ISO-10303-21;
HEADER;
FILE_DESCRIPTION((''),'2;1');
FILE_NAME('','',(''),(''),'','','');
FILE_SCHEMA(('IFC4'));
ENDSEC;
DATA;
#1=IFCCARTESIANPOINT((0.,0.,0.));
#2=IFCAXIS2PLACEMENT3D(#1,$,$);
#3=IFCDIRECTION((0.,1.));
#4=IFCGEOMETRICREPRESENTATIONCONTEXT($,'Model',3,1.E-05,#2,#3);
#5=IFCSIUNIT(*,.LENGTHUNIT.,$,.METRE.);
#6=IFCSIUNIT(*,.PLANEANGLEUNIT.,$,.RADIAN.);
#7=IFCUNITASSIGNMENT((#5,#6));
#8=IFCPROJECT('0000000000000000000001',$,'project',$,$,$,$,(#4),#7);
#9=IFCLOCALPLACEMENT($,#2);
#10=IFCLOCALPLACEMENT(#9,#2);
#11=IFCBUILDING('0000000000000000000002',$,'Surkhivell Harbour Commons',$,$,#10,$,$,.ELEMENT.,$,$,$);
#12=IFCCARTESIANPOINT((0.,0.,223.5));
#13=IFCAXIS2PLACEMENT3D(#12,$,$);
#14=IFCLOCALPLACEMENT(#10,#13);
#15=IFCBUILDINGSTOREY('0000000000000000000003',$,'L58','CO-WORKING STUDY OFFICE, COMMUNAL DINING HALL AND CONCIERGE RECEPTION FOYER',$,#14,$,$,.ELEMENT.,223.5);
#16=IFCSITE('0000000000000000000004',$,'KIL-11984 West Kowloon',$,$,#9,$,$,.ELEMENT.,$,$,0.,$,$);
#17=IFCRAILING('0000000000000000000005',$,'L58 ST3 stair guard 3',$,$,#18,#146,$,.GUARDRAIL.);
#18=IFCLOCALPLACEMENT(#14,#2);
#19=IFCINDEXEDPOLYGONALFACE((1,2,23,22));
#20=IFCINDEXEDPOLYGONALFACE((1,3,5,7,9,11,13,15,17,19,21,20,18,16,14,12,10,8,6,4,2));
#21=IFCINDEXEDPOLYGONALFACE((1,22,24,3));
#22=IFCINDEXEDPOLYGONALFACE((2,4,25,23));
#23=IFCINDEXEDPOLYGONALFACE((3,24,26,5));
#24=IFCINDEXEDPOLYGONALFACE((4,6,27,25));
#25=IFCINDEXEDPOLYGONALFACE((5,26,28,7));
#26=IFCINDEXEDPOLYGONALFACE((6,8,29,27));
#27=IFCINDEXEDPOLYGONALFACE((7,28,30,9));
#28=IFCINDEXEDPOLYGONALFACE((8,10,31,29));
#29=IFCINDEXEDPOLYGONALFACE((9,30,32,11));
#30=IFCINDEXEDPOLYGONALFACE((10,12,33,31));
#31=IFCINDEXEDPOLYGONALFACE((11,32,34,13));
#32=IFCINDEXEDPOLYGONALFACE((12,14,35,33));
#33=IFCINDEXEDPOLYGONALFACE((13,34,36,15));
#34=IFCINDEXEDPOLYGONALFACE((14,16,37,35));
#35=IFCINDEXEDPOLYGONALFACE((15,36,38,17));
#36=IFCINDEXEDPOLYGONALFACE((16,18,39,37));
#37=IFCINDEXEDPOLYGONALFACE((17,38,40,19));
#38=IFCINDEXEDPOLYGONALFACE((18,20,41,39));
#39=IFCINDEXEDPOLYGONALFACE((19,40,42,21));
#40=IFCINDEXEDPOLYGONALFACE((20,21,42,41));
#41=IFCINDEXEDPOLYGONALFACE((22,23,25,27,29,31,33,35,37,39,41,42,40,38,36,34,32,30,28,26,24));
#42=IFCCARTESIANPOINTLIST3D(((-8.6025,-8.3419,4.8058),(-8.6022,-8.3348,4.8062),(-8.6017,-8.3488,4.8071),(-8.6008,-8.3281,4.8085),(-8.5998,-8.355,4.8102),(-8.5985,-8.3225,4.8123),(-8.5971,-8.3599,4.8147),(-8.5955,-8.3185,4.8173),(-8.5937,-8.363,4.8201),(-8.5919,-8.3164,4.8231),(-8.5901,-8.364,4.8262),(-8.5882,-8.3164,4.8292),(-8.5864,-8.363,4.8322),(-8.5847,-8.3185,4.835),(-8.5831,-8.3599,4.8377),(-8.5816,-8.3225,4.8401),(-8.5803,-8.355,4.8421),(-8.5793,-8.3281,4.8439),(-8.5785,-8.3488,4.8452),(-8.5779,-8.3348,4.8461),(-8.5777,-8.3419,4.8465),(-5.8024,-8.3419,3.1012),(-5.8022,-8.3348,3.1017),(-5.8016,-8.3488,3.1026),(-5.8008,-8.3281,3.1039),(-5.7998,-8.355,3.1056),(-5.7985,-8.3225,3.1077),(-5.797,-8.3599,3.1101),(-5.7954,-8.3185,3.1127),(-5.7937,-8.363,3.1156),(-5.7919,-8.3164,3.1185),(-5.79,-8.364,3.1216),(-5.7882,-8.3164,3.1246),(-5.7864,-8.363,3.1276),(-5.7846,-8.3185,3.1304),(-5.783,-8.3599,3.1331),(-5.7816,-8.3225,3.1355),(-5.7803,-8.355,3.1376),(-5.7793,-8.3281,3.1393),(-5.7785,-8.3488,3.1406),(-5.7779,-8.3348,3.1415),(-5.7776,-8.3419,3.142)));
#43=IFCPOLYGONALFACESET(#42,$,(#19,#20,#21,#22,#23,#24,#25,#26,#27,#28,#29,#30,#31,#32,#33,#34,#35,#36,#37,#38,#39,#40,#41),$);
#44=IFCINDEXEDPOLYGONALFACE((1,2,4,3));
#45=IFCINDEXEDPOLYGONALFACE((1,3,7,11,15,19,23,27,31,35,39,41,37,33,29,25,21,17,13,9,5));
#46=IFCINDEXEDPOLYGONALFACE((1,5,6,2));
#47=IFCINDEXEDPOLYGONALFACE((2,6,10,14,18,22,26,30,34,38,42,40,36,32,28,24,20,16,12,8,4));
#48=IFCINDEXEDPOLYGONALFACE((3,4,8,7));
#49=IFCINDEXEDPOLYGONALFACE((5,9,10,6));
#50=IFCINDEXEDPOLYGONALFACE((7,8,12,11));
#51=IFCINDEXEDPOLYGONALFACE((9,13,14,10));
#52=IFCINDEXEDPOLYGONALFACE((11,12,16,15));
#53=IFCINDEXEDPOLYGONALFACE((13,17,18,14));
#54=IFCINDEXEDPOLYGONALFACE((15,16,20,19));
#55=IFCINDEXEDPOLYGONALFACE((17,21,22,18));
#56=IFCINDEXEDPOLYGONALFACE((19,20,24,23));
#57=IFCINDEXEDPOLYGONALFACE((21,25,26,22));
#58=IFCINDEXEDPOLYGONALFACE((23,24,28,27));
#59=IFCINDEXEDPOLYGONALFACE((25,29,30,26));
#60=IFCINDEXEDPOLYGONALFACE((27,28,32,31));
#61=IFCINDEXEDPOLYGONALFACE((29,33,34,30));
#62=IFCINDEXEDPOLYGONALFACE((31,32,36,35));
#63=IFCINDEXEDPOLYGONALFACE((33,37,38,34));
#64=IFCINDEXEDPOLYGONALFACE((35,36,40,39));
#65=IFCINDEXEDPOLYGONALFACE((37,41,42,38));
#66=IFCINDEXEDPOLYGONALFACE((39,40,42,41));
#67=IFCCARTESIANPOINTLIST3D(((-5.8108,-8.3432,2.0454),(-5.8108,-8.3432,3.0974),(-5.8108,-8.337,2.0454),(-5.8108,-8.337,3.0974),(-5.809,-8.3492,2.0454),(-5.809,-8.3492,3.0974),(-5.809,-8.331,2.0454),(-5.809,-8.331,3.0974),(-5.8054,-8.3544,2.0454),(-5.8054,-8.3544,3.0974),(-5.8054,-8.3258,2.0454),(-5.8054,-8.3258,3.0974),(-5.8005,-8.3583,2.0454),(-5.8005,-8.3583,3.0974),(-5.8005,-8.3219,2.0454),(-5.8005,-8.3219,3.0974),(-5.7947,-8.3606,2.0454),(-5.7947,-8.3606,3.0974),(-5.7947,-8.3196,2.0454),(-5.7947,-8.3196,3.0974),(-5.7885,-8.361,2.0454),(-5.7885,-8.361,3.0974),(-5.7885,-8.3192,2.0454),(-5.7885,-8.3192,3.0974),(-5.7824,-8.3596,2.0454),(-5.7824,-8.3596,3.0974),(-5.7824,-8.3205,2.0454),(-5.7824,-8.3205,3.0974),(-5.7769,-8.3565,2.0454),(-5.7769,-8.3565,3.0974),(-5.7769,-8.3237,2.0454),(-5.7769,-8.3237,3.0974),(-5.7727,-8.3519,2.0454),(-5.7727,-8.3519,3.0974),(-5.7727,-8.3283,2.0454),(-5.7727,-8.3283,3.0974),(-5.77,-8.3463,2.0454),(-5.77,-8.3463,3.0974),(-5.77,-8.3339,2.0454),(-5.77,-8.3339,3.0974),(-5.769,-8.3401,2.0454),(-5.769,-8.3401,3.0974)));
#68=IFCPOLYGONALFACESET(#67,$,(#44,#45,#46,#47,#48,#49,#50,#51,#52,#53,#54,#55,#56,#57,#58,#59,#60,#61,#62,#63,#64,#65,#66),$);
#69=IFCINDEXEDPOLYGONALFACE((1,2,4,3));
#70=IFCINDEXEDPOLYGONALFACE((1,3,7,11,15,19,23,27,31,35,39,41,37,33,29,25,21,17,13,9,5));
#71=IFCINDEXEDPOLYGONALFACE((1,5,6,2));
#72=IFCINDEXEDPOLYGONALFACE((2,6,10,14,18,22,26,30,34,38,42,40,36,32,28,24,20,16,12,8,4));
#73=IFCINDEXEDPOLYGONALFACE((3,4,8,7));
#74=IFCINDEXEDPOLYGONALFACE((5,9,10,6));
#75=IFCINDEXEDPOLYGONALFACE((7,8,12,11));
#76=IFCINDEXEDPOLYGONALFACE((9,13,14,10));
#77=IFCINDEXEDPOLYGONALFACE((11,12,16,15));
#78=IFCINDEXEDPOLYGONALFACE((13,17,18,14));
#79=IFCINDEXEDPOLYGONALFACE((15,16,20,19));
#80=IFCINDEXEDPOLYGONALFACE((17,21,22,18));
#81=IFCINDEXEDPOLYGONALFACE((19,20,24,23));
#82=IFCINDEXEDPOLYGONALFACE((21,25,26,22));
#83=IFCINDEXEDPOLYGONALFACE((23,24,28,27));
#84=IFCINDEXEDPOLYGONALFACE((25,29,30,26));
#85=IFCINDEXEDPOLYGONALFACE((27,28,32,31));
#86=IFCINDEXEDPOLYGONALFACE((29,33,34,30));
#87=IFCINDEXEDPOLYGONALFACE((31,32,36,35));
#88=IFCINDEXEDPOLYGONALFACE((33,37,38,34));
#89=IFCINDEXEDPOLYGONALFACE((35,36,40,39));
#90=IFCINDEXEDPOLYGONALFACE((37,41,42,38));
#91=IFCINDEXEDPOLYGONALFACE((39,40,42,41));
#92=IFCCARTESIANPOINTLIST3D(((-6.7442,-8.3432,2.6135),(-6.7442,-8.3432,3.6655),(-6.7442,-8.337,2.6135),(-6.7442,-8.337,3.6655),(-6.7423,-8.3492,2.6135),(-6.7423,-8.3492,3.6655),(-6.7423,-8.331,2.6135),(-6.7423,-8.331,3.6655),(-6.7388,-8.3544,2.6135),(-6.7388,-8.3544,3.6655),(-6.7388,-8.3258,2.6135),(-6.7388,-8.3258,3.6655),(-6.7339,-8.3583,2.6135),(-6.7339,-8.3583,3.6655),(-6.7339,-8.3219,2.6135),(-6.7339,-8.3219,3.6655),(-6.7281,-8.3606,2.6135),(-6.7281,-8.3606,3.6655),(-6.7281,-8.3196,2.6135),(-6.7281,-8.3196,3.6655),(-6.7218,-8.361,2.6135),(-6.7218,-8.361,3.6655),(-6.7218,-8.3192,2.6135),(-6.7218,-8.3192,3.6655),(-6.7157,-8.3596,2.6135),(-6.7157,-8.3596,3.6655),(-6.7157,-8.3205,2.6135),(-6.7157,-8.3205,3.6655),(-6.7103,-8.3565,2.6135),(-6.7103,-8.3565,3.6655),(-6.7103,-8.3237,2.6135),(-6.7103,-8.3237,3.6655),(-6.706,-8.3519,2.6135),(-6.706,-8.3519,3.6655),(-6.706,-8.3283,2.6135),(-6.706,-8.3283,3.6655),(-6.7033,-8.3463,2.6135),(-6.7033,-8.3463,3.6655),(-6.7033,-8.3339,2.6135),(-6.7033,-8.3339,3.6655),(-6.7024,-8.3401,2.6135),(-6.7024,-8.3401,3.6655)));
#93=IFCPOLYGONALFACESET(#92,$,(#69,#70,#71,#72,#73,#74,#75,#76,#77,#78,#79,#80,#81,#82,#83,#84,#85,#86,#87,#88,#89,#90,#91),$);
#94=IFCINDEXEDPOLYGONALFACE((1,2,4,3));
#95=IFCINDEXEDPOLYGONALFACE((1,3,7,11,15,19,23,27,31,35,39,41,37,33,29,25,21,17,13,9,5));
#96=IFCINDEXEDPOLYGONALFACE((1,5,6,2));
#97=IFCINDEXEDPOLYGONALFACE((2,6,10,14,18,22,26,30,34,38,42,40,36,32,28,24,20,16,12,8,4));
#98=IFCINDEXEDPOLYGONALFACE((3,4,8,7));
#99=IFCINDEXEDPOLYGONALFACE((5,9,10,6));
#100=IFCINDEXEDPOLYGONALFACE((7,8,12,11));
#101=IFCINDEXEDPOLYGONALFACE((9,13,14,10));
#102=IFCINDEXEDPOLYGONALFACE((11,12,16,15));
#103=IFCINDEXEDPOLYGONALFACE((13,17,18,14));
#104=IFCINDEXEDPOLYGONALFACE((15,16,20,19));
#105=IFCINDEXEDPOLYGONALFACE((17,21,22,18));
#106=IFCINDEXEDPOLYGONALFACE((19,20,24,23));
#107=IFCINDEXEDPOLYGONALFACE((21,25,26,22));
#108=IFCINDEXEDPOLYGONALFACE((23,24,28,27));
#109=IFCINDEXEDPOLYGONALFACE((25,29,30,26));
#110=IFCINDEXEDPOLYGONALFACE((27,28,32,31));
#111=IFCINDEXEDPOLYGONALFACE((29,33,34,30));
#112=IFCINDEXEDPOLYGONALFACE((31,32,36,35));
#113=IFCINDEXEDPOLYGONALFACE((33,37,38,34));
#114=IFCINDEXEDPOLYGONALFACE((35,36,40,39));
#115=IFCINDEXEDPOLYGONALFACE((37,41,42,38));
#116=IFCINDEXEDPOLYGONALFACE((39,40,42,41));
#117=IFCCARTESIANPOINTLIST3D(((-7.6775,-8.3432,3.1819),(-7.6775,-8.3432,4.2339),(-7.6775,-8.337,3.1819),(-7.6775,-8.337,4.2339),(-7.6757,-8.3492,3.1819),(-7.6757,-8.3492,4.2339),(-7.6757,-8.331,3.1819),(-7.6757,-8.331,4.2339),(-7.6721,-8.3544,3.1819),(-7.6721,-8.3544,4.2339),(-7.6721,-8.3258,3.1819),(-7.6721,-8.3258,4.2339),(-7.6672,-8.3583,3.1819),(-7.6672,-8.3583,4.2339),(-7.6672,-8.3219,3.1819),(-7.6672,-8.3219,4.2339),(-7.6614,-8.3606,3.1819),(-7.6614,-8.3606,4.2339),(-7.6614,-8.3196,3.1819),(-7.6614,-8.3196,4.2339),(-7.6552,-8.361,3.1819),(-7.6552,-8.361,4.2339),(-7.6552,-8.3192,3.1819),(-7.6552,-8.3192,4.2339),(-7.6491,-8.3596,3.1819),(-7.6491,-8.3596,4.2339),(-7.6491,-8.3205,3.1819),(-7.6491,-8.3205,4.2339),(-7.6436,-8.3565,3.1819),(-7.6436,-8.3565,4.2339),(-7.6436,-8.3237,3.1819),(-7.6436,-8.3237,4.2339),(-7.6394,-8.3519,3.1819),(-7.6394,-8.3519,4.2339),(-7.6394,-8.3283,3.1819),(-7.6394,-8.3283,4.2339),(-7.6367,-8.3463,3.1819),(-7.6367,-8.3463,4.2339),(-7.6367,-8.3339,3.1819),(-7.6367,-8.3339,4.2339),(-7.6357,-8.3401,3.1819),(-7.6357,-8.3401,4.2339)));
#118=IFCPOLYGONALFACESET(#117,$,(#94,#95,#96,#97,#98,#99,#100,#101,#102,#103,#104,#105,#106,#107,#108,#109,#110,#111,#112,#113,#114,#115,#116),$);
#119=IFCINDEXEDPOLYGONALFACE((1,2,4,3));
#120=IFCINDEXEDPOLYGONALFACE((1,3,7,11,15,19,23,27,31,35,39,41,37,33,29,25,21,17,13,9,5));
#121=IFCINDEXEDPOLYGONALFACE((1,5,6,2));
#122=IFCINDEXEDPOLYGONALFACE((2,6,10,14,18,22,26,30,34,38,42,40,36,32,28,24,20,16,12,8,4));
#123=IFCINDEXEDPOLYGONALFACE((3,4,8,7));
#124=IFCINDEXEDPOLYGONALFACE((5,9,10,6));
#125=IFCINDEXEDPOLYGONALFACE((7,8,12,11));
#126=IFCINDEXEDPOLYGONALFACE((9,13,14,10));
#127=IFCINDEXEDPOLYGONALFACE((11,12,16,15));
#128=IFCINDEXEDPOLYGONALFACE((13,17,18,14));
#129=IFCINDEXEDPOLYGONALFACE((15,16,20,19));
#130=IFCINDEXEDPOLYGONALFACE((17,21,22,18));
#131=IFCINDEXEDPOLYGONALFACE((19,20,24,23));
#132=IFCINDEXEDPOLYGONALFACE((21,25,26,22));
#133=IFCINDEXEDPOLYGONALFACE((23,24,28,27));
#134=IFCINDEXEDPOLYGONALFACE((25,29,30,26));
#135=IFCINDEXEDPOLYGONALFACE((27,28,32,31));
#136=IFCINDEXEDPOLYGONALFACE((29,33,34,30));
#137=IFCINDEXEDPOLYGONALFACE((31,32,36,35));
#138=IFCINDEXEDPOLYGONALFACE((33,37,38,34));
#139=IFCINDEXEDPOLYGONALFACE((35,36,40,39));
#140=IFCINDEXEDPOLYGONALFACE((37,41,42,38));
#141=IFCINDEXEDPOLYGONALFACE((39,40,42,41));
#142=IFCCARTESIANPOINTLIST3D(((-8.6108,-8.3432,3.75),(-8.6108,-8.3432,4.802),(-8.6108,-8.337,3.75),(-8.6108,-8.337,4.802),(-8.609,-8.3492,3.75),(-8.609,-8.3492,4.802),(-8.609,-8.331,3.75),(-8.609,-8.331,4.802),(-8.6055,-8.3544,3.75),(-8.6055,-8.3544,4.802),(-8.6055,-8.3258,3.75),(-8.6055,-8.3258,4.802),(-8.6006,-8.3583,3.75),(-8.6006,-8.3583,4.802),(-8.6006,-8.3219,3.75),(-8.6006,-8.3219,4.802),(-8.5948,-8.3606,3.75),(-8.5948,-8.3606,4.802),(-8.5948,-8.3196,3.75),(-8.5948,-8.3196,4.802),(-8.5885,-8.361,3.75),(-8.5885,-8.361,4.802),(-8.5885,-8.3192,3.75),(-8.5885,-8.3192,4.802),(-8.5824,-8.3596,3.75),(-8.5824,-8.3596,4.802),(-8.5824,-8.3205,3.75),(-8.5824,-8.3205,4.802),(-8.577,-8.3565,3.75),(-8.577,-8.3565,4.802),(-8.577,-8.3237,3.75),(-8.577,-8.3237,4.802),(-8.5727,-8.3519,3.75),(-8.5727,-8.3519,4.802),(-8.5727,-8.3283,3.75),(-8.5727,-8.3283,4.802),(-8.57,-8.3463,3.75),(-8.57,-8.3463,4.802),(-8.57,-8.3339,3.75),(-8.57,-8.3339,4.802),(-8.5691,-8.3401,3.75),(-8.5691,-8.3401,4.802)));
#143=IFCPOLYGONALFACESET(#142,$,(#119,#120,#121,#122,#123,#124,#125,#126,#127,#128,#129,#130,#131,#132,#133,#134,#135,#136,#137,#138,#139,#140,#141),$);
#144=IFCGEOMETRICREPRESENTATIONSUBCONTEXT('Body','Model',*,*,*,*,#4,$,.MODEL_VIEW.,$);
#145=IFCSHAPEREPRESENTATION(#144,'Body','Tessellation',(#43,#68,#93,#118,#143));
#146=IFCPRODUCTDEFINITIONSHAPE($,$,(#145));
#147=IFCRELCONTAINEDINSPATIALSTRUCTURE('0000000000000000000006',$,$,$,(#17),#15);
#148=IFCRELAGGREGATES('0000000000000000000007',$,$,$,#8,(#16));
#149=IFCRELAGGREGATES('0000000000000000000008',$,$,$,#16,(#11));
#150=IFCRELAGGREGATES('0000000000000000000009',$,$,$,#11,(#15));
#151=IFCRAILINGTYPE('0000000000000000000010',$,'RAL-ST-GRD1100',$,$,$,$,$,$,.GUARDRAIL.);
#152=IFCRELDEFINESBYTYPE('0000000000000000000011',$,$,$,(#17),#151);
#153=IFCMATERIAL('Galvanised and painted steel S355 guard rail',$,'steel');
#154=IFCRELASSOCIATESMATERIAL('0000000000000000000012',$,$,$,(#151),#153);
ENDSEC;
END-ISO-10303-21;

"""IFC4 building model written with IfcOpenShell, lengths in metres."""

from ifc_helpers import new_model, si_unit, direction, frame, origin, origin_2d, place, context, subcontext, project, spatial, circle, extrude, material, type_object, element, save


model = new_model("IFC4")

# Units and contexts
model_context = context("Model", 3, precision=1e-05, world=origin(), true_north=direction((0.0, 1.0)))
body_context = subcontext(model_context, "Body", "Model", "MODEL_VIEW")
ifc_project = project(units=[si_unit("LENGTHUNIT", "METRE"), si_unit("PLANEANGLEUNIT", "RADIAN")], contexts=[model_context])

# Site, building, storey
site_placement = place(None, origin())
site = spatial("IfcSite", under=ifc_project, at=site_placement, Name="KIL-11984 West Kowloon", CompositionType="ELEMENT", RefElevation=0.0)
building_placement = place(site_placement, origin())
building = spatial("IfcBuilding", under=site, at=building_placement, Name="Surkhivell Harbour Commons", CompositionType="ELEMENT")
storey_placement = place(building_placement, frame((0.0, 0.0, 223.5)))
storey = spatial("IfcBuildingStorey", under=building, at=storey_placement, Name="L58", Description="CO-WORKING STUDY OFFICE, COMMUNAL DINING HALL AND CONCIERGE RECEPTION FOYER", CompositionType="ELEMENT", Elevation=223.5)

# Railing
ifc_material_1 = material(Name="Galvanised and painted steel S355 guard rail", Category="steel")
railing_type_1 = type_object("IfcRailingType", Name="RAL-ST-GRD1100", PredefinedType="GUARDRAIL", material=ifc_material_1)
railing_1_placement = place(storey_placement, frame((-5.79, -8.3401, 2.0454)))
element("IfcRailing", 1, at=railing_1_placement, inside=storey, type_object=railing_type_1, Name="L58 ST3 stair guard 3", PredefinedType="GUARDRAIL", context=body_context, shape_type="SweptSolid", body=[
    extrude(circle(Radius=0.0239, at=origin_2d()), frame((0.0, 0.0, 1.0762), z_axis=(-0.85417, 0.0, 0.519994), x_axis=(0.0, -1.0, 0.0)), (0.0, 0.0, 1.0), 3.2781),
    extrude(circle(Radius=0.021, at=origin_2d()), origin(), (0.0, 0.0, 1.0), 1.052),
    extrude(circle(Radius=0.021, at=origin_2d()), frame((-0.9333, 0.0, 0.5681)), (0.0, 0.0, 1.0), 1.052),
    extrude(circle(Radius=0.021, at=origin_2d()), frame((-1.8667, 0.0, 1.1365)), (0.0, 0.0, 1.0), 1.052),
    extrude(circle(Radius=0.021, at=origin_2d()), frame((-2.8, 0.0, 1.7046)), (0.0, 0.0, 1.0), 1.052),
])

save(model, "model.ifc")
